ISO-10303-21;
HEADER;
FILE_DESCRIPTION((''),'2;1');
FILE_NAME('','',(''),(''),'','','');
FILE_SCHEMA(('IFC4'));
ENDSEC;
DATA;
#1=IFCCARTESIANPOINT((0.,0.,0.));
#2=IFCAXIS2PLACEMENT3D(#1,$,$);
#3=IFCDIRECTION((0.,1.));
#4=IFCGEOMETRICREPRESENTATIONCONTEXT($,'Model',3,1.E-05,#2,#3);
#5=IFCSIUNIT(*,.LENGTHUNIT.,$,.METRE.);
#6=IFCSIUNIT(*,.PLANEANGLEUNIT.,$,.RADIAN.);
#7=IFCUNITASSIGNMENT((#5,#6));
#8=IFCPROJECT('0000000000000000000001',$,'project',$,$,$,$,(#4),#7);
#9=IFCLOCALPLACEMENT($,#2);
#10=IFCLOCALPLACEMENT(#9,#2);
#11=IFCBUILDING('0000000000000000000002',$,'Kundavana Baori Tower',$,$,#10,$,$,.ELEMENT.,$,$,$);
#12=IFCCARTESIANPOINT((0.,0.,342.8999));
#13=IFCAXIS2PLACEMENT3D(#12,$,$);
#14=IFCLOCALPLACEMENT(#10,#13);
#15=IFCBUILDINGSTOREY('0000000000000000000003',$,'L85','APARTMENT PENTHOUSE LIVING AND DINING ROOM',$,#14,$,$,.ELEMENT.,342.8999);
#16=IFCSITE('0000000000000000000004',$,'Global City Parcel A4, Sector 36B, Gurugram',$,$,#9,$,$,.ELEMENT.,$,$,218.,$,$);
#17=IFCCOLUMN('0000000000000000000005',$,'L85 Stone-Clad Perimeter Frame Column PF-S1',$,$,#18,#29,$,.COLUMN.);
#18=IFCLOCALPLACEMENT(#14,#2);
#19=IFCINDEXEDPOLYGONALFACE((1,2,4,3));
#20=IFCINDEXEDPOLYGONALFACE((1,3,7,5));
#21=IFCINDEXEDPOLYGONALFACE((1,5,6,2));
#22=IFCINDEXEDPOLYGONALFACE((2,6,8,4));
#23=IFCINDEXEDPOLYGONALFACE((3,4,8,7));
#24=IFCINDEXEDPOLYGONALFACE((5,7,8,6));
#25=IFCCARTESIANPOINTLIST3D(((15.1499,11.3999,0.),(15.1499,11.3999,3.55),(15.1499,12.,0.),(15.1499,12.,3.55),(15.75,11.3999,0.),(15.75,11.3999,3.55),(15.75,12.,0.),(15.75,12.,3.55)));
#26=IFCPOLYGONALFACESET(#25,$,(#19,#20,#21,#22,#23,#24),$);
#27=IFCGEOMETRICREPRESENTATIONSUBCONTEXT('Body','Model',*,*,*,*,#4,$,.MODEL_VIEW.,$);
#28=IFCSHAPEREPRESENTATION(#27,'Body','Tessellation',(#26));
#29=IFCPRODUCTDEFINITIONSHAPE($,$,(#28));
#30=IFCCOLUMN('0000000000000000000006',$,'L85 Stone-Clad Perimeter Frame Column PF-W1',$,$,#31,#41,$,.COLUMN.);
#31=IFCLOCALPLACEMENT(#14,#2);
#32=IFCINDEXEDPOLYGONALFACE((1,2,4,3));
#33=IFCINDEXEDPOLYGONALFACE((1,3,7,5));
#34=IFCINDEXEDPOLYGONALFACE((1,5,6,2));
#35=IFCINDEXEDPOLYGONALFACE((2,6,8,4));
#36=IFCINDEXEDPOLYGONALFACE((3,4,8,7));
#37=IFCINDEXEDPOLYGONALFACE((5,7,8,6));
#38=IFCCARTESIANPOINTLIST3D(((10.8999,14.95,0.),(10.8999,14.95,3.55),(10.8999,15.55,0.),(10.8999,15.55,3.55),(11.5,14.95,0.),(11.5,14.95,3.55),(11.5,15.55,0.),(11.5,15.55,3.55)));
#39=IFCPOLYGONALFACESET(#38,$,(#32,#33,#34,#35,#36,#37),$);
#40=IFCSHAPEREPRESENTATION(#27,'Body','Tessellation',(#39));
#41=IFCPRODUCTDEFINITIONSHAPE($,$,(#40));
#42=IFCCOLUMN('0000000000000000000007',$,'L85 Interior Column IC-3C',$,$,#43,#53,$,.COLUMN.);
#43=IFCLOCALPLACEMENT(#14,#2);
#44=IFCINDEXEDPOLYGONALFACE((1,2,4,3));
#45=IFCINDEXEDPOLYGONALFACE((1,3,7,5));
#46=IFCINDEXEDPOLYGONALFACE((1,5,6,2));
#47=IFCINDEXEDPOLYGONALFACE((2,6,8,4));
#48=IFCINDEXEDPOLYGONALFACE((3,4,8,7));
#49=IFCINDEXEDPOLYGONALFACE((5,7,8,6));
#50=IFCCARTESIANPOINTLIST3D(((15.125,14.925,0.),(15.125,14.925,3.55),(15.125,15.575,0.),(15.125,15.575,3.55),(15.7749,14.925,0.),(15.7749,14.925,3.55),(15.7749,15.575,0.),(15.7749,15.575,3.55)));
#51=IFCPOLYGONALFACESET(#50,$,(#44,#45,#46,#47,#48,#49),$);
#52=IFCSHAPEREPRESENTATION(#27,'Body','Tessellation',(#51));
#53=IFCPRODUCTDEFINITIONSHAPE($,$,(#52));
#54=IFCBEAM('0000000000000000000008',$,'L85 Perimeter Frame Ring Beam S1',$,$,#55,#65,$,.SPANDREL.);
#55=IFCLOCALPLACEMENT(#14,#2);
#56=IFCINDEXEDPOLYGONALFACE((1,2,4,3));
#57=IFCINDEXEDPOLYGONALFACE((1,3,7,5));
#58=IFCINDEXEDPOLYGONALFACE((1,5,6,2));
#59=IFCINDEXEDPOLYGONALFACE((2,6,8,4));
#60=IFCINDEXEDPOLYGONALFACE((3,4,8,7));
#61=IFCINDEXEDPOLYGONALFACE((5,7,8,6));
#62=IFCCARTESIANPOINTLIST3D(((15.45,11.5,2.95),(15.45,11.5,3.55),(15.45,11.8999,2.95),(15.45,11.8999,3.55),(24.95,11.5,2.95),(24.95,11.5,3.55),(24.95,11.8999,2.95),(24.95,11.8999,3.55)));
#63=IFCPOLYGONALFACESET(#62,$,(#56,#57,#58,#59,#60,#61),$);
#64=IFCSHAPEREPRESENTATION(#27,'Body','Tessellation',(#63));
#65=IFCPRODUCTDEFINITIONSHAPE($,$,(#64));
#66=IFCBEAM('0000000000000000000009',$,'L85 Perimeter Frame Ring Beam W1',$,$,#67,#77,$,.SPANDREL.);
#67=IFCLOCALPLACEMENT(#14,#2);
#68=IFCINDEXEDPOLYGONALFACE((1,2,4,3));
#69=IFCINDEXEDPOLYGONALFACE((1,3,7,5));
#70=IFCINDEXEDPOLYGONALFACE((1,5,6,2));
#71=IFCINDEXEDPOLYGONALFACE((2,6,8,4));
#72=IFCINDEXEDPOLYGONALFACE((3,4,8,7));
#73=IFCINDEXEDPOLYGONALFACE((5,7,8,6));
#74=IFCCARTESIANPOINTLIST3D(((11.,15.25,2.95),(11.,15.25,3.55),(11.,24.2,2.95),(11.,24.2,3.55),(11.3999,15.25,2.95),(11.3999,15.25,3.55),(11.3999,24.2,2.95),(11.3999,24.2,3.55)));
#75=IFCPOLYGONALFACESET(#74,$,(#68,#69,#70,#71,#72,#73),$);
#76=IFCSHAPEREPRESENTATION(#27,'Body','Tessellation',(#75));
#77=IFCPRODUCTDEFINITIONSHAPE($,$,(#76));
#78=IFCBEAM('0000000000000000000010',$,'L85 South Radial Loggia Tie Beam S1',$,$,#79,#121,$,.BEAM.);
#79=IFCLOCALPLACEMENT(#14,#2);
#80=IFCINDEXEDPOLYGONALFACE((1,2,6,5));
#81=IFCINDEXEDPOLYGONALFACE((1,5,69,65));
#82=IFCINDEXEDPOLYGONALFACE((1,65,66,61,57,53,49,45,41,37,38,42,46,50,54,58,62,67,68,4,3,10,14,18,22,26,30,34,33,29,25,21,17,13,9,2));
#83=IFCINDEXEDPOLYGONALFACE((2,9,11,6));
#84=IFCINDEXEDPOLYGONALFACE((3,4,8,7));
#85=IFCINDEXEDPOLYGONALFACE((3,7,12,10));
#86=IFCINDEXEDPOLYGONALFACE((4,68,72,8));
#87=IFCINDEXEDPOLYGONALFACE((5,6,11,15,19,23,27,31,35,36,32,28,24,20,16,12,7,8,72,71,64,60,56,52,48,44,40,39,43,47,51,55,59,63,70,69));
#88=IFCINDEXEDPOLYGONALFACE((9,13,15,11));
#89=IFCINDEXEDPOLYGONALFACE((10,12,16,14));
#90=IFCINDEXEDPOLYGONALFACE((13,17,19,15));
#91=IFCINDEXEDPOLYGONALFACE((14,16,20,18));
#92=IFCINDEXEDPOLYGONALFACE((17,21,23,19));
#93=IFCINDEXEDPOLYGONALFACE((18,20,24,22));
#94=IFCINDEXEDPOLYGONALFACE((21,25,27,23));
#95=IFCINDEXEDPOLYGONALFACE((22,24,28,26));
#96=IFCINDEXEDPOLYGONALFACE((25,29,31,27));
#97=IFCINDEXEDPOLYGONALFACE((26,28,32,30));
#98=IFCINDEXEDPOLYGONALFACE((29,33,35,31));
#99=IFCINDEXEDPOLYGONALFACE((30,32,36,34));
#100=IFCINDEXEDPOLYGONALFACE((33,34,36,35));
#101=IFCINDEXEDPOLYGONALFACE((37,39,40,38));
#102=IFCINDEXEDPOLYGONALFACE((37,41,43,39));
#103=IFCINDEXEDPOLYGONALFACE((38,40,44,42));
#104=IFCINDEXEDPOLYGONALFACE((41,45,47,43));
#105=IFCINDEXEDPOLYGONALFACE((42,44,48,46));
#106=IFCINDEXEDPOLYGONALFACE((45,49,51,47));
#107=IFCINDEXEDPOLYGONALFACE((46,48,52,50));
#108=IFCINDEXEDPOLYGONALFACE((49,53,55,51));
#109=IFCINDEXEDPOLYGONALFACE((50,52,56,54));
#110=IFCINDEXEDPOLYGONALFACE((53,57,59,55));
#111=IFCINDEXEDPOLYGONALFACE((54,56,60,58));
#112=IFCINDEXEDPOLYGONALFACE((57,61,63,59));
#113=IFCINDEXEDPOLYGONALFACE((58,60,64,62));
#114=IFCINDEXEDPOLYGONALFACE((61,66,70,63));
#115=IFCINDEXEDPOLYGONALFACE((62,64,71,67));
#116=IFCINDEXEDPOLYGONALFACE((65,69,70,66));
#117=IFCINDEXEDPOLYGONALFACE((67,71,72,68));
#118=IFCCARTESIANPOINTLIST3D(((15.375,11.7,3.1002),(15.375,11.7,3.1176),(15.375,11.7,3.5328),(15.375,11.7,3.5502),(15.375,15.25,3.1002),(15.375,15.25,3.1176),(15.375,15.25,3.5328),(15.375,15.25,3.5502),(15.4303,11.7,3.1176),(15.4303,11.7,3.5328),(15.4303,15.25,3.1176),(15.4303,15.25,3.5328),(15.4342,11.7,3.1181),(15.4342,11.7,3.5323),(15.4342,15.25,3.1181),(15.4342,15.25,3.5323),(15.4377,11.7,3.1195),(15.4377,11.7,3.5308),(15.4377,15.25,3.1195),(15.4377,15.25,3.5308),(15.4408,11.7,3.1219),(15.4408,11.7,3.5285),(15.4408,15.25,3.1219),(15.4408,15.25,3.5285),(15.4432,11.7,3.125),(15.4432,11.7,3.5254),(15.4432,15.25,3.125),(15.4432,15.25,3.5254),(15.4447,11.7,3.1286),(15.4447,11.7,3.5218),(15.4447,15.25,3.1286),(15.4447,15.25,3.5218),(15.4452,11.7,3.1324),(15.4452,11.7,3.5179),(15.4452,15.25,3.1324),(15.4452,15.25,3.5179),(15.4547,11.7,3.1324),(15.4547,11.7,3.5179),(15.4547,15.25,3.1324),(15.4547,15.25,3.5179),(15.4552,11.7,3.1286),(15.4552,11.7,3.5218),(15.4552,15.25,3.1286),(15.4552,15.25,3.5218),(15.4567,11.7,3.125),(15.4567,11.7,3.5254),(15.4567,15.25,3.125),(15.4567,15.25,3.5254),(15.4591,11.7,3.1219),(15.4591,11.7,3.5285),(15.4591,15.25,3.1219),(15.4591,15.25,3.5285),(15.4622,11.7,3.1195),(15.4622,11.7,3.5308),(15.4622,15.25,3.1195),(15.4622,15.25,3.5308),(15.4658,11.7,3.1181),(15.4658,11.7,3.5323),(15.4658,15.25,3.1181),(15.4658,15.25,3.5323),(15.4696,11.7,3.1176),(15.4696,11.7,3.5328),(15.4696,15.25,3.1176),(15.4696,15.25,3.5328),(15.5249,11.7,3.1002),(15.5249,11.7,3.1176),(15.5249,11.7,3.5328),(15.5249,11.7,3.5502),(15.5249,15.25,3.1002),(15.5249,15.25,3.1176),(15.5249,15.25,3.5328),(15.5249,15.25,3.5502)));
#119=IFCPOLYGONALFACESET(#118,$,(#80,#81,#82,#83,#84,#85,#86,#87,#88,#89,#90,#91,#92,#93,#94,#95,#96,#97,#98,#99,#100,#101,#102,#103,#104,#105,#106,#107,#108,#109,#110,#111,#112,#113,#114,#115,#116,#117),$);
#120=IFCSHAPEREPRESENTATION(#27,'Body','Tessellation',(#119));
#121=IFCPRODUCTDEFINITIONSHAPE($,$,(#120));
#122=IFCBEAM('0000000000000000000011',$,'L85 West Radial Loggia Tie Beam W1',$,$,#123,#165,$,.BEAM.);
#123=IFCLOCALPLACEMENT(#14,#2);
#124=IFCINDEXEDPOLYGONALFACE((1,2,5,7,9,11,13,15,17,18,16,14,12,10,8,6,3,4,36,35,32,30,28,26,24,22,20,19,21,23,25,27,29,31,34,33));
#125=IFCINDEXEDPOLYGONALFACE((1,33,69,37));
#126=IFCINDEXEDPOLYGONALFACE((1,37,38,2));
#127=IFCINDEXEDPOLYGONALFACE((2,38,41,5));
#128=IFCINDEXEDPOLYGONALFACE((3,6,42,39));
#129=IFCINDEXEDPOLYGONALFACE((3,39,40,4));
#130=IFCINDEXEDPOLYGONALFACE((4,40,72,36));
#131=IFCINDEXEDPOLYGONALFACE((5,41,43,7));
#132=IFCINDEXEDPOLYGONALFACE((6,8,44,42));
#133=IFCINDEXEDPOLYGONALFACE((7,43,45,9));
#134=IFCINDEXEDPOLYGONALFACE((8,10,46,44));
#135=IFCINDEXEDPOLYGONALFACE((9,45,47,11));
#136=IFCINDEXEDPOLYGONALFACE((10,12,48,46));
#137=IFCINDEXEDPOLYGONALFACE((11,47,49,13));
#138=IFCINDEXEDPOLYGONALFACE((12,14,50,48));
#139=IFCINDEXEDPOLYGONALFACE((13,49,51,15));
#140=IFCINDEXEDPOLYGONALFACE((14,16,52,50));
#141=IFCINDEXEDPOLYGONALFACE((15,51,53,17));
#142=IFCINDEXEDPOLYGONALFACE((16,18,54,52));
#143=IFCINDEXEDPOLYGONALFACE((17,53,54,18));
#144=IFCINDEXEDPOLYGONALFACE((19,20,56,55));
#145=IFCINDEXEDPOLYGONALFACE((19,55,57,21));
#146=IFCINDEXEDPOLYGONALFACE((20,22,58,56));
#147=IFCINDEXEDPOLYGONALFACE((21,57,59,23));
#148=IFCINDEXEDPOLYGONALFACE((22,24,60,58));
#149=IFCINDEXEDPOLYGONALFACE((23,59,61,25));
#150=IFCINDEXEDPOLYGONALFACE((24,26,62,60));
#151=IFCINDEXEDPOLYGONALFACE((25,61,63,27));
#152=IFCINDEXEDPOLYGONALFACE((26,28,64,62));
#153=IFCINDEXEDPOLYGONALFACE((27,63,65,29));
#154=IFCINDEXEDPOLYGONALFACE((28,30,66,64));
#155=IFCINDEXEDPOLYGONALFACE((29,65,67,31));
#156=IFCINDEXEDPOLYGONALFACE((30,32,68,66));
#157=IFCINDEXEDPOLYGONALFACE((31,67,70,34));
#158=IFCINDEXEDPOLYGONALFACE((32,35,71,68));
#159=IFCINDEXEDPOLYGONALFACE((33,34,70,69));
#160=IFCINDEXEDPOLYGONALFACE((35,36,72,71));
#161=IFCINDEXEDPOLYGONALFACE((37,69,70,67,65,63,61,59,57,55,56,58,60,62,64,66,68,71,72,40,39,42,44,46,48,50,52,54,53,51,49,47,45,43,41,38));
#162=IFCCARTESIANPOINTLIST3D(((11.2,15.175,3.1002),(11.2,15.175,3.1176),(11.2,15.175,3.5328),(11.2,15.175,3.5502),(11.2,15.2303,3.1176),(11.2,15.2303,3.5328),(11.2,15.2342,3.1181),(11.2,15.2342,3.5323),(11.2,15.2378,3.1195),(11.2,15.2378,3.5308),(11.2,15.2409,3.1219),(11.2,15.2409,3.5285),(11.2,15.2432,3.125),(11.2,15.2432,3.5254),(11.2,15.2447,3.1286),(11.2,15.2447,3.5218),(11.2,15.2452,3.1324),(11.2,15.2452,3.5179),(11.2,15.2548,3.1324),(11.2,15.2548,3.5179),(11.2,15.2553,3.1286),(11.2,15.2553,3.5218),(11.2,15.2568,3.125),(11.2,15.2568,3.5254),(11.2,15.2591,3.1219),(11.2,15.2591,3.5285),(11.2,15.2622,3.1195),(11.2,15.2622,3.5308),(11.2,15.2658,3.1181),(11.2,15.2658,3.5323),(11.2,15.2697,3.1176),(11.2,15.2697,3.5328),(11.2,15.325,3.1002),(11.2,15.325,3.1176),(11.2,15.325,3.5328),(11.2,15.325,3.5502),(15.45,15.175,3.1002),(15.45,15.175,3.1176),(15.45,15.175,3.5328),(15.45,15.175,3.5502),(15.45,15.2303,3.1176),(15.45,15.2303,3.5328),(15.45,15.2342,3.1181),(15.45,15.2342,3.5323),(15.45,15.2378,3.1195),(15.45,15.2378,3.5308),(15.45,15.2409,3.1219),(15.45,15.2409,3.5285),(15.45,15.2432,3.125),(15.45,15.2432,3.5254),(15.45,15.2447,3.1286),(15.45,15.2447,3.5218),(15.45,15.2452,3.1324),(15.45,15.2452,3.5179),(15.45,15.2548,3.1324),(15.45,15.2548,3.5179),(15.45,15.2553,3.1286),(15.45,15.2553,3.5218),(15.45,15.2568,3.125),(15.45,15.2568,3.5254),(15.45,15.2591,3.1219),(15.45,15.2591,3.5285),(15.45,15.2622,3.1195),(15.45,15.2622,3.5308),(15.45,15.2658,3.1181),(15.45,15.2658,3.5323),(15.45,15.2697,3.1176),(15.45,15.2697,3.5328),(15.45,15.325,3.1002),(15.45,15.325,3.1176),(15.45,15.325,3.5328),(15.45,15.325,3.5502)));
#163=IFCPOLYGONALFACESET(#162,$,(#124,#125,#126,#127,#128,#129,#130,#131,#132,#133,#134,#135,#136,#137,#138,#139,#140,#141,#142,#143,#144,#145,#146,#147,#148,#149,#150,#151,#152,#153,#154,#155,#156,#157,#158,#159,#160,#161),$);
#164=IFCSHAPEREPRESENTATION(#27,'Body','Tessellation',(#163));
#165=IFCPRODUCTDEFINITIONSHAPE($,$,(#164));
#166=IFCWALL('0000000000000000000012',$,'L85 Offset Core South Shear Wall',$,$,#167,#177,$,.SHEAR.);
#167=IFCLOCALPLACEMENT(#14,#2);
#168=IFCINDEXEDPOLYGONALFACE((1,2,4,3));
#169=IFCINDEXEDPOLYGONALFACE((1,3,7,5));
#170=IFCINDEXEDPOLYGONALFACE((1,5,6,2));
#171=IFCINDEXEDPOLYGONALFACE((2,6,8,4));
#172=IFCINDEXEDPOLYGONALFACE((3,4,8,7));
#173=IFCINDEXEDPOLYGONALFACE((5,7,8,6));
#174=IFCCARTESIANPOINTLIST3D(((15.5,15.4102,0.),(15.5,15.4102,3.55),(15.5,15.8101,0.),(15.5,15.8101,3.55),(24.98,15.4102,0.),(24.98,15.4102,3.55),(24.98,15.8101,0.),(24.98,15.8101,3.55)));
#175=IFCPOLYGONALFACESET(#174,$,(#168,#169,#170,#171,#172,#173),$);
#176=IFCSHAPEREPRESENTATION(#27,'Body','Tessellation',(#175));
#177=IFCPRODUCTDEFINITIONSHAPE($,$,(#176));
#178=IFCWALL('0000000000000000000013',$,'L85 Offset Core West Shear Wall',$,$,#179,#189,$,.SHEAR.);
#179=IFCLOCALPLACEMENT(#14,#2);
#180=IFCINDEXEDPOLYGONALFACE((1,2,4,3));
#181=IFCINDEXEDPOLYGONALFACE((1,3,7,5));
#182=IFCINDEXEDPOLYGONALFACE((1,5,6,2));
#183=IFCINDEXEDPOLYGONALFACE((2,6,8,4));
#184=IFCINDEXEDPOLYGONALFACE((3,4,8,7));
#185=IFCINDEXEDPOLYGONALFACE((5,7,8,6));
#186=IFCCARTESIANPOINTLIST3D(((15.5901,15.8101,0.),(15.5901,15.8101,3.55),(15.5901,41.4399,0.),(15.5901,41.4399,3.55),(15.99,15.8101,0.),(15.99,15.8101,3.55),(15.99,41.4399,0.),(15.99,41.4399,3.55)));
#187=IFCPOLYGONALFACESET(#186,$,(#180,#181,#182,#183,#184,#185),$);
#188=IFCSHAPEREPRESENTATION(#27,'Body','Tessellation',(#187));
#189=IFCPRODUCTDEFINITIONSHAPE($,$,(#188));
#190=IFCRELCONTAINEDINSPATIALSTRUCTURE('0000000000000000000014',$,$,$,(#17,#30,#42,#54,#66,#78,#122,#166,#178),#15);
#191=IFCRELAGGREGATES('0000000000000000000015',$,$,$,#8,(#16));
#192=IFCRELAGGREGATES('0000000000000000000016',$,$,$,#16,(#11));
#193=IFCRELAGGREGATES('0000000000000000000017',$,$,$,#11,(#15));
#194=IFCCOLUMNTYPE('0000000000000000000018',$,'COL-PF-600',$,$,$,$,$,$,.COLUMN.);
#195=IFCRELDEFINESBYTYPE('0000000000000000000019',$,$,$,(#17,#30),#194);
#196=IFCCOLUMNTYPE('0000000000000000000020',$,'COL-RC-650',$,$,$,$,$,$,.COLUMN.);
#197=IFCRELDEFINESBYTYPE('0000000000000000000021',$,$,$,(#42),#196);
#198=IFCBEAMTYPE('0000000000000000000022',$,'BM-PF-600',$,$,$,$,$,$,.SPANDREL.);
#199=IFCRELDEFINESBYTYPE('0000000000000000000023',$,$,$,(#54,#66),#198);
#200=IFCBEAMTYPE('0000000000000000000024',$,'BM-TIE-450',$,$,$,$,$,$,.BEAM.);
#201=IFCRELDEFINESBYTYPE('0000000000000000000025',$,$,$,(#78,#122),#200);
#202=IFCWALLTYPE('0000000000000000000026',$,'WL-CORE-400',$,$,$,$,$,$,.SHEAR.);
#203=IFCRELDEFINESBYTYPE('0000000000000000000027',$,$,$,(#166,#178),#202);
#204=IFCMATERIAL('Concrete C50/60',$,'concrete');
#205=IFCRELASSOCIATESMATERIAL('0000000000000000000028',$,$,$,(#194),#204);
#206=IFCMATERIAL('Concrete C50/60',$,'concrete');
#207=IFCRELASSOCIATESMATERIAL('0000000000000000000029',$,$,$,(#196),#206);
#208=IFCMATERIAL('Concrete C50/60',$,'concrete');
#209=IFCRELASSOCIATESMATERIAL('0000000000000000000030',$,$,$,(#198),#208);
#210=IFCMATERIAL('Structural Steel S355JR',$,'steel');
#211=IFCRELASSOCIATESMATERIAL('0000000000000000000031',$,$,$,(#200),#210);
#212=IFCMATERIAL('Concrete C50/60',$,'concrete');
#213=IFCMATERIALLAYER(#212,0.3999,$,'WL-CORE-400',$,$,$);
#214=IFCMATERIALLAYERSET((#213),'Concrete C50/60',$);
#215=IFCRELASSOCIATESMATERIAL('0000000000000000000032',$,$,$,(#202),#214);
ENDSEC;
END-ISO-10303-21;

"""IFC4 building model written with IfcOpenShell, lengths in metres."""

from ifc_helpers import new_model, si_unit, direction, frame, frame_2d, origin, origin_2d, place, context, subcontext, project, spatial, rectangle, i_section, extrude, material, layer, layer_set, material_profile, profile_set, type_object, element, save


model = new_model("IFC4")

# Units and contexts
model_context = context("Model", 3, precision=1e-05, world=origin(), true_north=direction((0.0, 1.0)))
body_context = subcontext(model_context, "Body", "Model", "MODEL_VIEW")
ifc_project = project(units=[si_unit("LENGTHUNIT", "METRE"), si_unit("PLANEANGLEUNIT", "RADIAN")], contexts=[model_context])

# Site, building, storey
site_placement = place(None, origin())
site = spatial("IfcSite", under=ifc_project, at=site_placement, Name="Global City Parcel A4, Sector 36B, Gurugram", CompositionType="ELEMENT", RefElevation=218.0)
building_placement = place(site_placement, origin())
building = spatial("IfcBuilding", under=site, at=building_placement, Name="Kundavana Baori Tower", CompositionType="ELEMENT")
storey_placement = place(building_placement, frame((0.0, 0.0, 342.8999)))
storey = spatial("IfcBuildingStorey", under=building, at=storey_placement, Name="L85", Description="APARTMENT PENTHOUSE LIVING AND DINING ROOM", CompositionType="ELEMENT", Elevation=342.8999)

# Columns
ifc_material_1 = material(Name="Concrete C50/60", Category="concrete")
ifc_material_profile_1 = material_profile(ifc_material_1, rectangle(XDim=0.6001, YDim=0.6001, at=origin_2d()), Name="RC PF 600x600")
ifc_profile_set_1 = profile_set([ifc_material_profile_1], Name="Concrete C50/60")
column_type_1 = type_object("IfcColumnType", Name="COL-PF-600", PredefinedType="COLUMN", material=ifc_profile_set_1)
for number, where, z_axis, x_axis, name in (
    (1, (15.45, 11.7, 0.0), (0.0, 0.0, 1.0), (1.0, 0.0, 0.0), "L85 Stone-Clad Perimeter Frame Column PF-S1"),
    (2, (11.2, 15.25, 0.0), (0.0, 0.0, 1.0), (1.0, 0.0, 0.0), "L85 Stone-Clad Perimeter Frame Column PF-W1"),
):
    element("IfcColumn", number, at=place(storey_placement, frame(where, z_axis=z_axis, x_axis=x_axis)), inside=storey, type_object=column_type_1, Name=name, PredefinedType="COLUMN", context=body_context, shape_type="SweptSolid", body=[
        extrude(rectangle(XDim=0.6001, YDim=0.6001, at=origin_2d()), origin(), (0.0, 0.0, 1.0), 3.55),
    ])
ifc_material_2 = material(Name="Concrete C50/60", Category="concrete")
ifc_material_profile_2 = material_profile(ifc_material_2, rectangle(XDim=0.6499, YDim=0.6499, at=origin_2d()), Name="RC 650x650")
ifc_profile_set_2 = profile_set([ifc_material_profile_2], Name="Concrete C50/60")
column_type_2 = type_object("IfcColumnType", Name="COL-RC-650", PredefinedType="COLUMN", material=ifc_profile_set_2)
column_placement = place(storey_placement, frame((15.45, 15.25, 0.0), z_axis=(0.0, 0.0, 1.0), x_axis=(1.0, 0.0, 0.0)))
element("IfcColumn", 3, at=column_placement, inside=storey, type_object=column_type_2, Name="L85 Interior Column IC-3C", PredefinedType="COLUMN", context=body_context, shape_type="SweptSolid", body=[
    extrude(rectangle(XDim=0.6499, YDim=0.6499, at=origin_2d()), origin(), (0.0, 0.0, 1.0), 3.55),
])

# Beams
ifc_material_3 = material(Name="Concrete C50/60", Category="concrete")
ifc_material_profile_3 = material_profile(ifc_material_3, rectangle(XDim=0.3999, YDim=0.6001, at=origin_2d()), Name="RC BM 400x600")
ifc_profile_set_3 = profile_set([ifc_material_profile_3], Name="Concrete C50/60")
beam_type_1 = type_object("IfcBeamType", Name="BM-PF-600", PredefinedType="SPANDREL", material=ifc_profile_set_3)
beam_1_placement = place(storey_placement, frame((15.45, 11.7, 3.25), z_axis=(1.0, 0.0, 0.0), x_axis=(0.0, 1.0, 0.0)))
element("IfcBeam", 4, at=beam_1_placement, inside=storey, type_object=beam_type_1, Name="L85 Perimeter Frame Ring Beam S1", PredefinedType="SPANDREL", context=body_context, shape_type="SweptSolid", body=[
    extrude(rectangle(XDim=0.3999, YDim=0.6001, at=origin_2d()), origin(), (0.0, 0.0, 1.0), 9.5),
])
beam_2_placement = place(storey_placement, frame((11.2, 15.25, 3.25), z_axis=(0.0, 1.0, 0.0), x_axis=(-1.0, 0.0, 0.0)))
element("IfcBeam", 5, at=beam_2_placement, inside=storey, type_object=beam_type_1, Name="L85 Perimeter Frame Ring Beam W1", PredefinedType="SPANDREL", context=body_context, shape_type="SweptSolid", body=[
    extrude(rectangle(XDim=0.3999, YDim=0.6001, at=origin_2d()), origin(), (0.0, 0.0, 1.0), 8.95),
])
ifc_material_4 = material(Name="Structural Steel S355JR", Category="steel")
ifc_material_profile_4 = material_profile(ifc_material_4, i_section(OverallWidth=0.1499, OverallDepth=0.45, WebThickness=0.0095, FlangeThickness=0.0173, FilletRadius=0.0149, at=origin_2d()), Name="ISMB 450")
ifc_profile_set_4 = profile_set([ifc_material_profile_4], Name="Structural Steel S355JR")
beam_type_2 = type_object("IfcBeamType", Name="BM-TIE-450", PredefinedType="BEAM", material=ifc_profile_set_4)
beam_3_placement = place(storey_placement, frame((15.45, 15.25, 3.3252), z_axis=(0.0, -1.0, 0.0), x_axis=(1.0, 0.0, 0.0)))
element("IfcBeam", 6, at=beam_3_placement, inside=storey, type_object=beam_type_2, Name="L85 South Radial Loggia Tie Beam S1", PredefinedType="BEAM", context=body_context, shape_type="SweptSolid", body=[
    extrude(i_section(OverallWidth=0.1499, OverallDepth=0.45, WebThickness=0.0095, FlangeThickness=0.0173, FilletRadius=0.0149, at=origin_2d()), origin(), (0.0, 0.0, 1.0), 3.55),
])
beam_4_placement = place(storey_placement, frame((15.45, 15.25, 3.3252), z_axis=(-1.0, 0.0, 0.0), x_axis=(0.0, -1.0, 0.0)))
element("IfcBeam", 7, at=beam_4_placement, inside=storey, type_object=beam_type_2, Name="L85 West Radial Loggia Tie Beam W1", PredefinedType="BEAM", context=body_context, shape_type="SweptSolid", body=[
    extrude(i_section(OverallWidth=0.1499, OverallDepth=0.45, WebThickness=0.0095, FlangeThickness=0.0173, FilletRadius=0.0149, at=origin_2d()), origin(), (0.0, 0.0, 1.0), 4.25),
])

# Walls
ifc_material_5 = material(Name="Concrete C50/60", Category="concrete")
ifc_layer_1 = layer(ifc_material_5, 0.3999, Name="WL-CORE-400")
ifc_layer_set_1 = layer_set([ifc_layer_1], Name="Concrete C50/60")
wall_type_1 = type_object("IfcWallType", Name="WL-CORE-400", PredefinedType="SHEAR", material=ifc_layer_set_1)
wall_1_placement = place(storey_placement, frame((15.5, 15.6101, 0.0), z_axis=(0.0, 0.0, 1.0), x_axis=(1.0, 0.0, 0.0)))
element("IfcWall", 8, at=wall_1_placement, inside=storey, type_object=wall_type_1, Name="L85 Offset Core South Shear Wall", PredefinedType="SHEAR", context=body_context, shape_type="SweptSolid", body=[
    extrude(rectangle(XDim=9.48, YDim=0.3999, at=frame_2d((4.74, 0.0))), origin(), (0.0, 0.0, 1.0), 3.55),
])
wall_2_placement = place(storey_placement, frame((15.79, 15.8101, 0.0), z_axis=(0.0, 0.0, 1.0), x_axis=(0.0, 1.0, 0.0)))
element("IfcWall", 9, at=wall_2_placement, inside=storey, type_object=wall_type_1, Name="L85 Offset Core West Shear Wall", PredefinedType="SHEAR", context=body_context, shape_type="SweptSolid", body=[
    extrude(rectangle(XDim=25.6299, YDim=0.3999, at=frame_2d((12.8149, 0.0))), origin(), (0.0, 0.0, 1.0), 3.55),
])

save(model, "model.ifc")
